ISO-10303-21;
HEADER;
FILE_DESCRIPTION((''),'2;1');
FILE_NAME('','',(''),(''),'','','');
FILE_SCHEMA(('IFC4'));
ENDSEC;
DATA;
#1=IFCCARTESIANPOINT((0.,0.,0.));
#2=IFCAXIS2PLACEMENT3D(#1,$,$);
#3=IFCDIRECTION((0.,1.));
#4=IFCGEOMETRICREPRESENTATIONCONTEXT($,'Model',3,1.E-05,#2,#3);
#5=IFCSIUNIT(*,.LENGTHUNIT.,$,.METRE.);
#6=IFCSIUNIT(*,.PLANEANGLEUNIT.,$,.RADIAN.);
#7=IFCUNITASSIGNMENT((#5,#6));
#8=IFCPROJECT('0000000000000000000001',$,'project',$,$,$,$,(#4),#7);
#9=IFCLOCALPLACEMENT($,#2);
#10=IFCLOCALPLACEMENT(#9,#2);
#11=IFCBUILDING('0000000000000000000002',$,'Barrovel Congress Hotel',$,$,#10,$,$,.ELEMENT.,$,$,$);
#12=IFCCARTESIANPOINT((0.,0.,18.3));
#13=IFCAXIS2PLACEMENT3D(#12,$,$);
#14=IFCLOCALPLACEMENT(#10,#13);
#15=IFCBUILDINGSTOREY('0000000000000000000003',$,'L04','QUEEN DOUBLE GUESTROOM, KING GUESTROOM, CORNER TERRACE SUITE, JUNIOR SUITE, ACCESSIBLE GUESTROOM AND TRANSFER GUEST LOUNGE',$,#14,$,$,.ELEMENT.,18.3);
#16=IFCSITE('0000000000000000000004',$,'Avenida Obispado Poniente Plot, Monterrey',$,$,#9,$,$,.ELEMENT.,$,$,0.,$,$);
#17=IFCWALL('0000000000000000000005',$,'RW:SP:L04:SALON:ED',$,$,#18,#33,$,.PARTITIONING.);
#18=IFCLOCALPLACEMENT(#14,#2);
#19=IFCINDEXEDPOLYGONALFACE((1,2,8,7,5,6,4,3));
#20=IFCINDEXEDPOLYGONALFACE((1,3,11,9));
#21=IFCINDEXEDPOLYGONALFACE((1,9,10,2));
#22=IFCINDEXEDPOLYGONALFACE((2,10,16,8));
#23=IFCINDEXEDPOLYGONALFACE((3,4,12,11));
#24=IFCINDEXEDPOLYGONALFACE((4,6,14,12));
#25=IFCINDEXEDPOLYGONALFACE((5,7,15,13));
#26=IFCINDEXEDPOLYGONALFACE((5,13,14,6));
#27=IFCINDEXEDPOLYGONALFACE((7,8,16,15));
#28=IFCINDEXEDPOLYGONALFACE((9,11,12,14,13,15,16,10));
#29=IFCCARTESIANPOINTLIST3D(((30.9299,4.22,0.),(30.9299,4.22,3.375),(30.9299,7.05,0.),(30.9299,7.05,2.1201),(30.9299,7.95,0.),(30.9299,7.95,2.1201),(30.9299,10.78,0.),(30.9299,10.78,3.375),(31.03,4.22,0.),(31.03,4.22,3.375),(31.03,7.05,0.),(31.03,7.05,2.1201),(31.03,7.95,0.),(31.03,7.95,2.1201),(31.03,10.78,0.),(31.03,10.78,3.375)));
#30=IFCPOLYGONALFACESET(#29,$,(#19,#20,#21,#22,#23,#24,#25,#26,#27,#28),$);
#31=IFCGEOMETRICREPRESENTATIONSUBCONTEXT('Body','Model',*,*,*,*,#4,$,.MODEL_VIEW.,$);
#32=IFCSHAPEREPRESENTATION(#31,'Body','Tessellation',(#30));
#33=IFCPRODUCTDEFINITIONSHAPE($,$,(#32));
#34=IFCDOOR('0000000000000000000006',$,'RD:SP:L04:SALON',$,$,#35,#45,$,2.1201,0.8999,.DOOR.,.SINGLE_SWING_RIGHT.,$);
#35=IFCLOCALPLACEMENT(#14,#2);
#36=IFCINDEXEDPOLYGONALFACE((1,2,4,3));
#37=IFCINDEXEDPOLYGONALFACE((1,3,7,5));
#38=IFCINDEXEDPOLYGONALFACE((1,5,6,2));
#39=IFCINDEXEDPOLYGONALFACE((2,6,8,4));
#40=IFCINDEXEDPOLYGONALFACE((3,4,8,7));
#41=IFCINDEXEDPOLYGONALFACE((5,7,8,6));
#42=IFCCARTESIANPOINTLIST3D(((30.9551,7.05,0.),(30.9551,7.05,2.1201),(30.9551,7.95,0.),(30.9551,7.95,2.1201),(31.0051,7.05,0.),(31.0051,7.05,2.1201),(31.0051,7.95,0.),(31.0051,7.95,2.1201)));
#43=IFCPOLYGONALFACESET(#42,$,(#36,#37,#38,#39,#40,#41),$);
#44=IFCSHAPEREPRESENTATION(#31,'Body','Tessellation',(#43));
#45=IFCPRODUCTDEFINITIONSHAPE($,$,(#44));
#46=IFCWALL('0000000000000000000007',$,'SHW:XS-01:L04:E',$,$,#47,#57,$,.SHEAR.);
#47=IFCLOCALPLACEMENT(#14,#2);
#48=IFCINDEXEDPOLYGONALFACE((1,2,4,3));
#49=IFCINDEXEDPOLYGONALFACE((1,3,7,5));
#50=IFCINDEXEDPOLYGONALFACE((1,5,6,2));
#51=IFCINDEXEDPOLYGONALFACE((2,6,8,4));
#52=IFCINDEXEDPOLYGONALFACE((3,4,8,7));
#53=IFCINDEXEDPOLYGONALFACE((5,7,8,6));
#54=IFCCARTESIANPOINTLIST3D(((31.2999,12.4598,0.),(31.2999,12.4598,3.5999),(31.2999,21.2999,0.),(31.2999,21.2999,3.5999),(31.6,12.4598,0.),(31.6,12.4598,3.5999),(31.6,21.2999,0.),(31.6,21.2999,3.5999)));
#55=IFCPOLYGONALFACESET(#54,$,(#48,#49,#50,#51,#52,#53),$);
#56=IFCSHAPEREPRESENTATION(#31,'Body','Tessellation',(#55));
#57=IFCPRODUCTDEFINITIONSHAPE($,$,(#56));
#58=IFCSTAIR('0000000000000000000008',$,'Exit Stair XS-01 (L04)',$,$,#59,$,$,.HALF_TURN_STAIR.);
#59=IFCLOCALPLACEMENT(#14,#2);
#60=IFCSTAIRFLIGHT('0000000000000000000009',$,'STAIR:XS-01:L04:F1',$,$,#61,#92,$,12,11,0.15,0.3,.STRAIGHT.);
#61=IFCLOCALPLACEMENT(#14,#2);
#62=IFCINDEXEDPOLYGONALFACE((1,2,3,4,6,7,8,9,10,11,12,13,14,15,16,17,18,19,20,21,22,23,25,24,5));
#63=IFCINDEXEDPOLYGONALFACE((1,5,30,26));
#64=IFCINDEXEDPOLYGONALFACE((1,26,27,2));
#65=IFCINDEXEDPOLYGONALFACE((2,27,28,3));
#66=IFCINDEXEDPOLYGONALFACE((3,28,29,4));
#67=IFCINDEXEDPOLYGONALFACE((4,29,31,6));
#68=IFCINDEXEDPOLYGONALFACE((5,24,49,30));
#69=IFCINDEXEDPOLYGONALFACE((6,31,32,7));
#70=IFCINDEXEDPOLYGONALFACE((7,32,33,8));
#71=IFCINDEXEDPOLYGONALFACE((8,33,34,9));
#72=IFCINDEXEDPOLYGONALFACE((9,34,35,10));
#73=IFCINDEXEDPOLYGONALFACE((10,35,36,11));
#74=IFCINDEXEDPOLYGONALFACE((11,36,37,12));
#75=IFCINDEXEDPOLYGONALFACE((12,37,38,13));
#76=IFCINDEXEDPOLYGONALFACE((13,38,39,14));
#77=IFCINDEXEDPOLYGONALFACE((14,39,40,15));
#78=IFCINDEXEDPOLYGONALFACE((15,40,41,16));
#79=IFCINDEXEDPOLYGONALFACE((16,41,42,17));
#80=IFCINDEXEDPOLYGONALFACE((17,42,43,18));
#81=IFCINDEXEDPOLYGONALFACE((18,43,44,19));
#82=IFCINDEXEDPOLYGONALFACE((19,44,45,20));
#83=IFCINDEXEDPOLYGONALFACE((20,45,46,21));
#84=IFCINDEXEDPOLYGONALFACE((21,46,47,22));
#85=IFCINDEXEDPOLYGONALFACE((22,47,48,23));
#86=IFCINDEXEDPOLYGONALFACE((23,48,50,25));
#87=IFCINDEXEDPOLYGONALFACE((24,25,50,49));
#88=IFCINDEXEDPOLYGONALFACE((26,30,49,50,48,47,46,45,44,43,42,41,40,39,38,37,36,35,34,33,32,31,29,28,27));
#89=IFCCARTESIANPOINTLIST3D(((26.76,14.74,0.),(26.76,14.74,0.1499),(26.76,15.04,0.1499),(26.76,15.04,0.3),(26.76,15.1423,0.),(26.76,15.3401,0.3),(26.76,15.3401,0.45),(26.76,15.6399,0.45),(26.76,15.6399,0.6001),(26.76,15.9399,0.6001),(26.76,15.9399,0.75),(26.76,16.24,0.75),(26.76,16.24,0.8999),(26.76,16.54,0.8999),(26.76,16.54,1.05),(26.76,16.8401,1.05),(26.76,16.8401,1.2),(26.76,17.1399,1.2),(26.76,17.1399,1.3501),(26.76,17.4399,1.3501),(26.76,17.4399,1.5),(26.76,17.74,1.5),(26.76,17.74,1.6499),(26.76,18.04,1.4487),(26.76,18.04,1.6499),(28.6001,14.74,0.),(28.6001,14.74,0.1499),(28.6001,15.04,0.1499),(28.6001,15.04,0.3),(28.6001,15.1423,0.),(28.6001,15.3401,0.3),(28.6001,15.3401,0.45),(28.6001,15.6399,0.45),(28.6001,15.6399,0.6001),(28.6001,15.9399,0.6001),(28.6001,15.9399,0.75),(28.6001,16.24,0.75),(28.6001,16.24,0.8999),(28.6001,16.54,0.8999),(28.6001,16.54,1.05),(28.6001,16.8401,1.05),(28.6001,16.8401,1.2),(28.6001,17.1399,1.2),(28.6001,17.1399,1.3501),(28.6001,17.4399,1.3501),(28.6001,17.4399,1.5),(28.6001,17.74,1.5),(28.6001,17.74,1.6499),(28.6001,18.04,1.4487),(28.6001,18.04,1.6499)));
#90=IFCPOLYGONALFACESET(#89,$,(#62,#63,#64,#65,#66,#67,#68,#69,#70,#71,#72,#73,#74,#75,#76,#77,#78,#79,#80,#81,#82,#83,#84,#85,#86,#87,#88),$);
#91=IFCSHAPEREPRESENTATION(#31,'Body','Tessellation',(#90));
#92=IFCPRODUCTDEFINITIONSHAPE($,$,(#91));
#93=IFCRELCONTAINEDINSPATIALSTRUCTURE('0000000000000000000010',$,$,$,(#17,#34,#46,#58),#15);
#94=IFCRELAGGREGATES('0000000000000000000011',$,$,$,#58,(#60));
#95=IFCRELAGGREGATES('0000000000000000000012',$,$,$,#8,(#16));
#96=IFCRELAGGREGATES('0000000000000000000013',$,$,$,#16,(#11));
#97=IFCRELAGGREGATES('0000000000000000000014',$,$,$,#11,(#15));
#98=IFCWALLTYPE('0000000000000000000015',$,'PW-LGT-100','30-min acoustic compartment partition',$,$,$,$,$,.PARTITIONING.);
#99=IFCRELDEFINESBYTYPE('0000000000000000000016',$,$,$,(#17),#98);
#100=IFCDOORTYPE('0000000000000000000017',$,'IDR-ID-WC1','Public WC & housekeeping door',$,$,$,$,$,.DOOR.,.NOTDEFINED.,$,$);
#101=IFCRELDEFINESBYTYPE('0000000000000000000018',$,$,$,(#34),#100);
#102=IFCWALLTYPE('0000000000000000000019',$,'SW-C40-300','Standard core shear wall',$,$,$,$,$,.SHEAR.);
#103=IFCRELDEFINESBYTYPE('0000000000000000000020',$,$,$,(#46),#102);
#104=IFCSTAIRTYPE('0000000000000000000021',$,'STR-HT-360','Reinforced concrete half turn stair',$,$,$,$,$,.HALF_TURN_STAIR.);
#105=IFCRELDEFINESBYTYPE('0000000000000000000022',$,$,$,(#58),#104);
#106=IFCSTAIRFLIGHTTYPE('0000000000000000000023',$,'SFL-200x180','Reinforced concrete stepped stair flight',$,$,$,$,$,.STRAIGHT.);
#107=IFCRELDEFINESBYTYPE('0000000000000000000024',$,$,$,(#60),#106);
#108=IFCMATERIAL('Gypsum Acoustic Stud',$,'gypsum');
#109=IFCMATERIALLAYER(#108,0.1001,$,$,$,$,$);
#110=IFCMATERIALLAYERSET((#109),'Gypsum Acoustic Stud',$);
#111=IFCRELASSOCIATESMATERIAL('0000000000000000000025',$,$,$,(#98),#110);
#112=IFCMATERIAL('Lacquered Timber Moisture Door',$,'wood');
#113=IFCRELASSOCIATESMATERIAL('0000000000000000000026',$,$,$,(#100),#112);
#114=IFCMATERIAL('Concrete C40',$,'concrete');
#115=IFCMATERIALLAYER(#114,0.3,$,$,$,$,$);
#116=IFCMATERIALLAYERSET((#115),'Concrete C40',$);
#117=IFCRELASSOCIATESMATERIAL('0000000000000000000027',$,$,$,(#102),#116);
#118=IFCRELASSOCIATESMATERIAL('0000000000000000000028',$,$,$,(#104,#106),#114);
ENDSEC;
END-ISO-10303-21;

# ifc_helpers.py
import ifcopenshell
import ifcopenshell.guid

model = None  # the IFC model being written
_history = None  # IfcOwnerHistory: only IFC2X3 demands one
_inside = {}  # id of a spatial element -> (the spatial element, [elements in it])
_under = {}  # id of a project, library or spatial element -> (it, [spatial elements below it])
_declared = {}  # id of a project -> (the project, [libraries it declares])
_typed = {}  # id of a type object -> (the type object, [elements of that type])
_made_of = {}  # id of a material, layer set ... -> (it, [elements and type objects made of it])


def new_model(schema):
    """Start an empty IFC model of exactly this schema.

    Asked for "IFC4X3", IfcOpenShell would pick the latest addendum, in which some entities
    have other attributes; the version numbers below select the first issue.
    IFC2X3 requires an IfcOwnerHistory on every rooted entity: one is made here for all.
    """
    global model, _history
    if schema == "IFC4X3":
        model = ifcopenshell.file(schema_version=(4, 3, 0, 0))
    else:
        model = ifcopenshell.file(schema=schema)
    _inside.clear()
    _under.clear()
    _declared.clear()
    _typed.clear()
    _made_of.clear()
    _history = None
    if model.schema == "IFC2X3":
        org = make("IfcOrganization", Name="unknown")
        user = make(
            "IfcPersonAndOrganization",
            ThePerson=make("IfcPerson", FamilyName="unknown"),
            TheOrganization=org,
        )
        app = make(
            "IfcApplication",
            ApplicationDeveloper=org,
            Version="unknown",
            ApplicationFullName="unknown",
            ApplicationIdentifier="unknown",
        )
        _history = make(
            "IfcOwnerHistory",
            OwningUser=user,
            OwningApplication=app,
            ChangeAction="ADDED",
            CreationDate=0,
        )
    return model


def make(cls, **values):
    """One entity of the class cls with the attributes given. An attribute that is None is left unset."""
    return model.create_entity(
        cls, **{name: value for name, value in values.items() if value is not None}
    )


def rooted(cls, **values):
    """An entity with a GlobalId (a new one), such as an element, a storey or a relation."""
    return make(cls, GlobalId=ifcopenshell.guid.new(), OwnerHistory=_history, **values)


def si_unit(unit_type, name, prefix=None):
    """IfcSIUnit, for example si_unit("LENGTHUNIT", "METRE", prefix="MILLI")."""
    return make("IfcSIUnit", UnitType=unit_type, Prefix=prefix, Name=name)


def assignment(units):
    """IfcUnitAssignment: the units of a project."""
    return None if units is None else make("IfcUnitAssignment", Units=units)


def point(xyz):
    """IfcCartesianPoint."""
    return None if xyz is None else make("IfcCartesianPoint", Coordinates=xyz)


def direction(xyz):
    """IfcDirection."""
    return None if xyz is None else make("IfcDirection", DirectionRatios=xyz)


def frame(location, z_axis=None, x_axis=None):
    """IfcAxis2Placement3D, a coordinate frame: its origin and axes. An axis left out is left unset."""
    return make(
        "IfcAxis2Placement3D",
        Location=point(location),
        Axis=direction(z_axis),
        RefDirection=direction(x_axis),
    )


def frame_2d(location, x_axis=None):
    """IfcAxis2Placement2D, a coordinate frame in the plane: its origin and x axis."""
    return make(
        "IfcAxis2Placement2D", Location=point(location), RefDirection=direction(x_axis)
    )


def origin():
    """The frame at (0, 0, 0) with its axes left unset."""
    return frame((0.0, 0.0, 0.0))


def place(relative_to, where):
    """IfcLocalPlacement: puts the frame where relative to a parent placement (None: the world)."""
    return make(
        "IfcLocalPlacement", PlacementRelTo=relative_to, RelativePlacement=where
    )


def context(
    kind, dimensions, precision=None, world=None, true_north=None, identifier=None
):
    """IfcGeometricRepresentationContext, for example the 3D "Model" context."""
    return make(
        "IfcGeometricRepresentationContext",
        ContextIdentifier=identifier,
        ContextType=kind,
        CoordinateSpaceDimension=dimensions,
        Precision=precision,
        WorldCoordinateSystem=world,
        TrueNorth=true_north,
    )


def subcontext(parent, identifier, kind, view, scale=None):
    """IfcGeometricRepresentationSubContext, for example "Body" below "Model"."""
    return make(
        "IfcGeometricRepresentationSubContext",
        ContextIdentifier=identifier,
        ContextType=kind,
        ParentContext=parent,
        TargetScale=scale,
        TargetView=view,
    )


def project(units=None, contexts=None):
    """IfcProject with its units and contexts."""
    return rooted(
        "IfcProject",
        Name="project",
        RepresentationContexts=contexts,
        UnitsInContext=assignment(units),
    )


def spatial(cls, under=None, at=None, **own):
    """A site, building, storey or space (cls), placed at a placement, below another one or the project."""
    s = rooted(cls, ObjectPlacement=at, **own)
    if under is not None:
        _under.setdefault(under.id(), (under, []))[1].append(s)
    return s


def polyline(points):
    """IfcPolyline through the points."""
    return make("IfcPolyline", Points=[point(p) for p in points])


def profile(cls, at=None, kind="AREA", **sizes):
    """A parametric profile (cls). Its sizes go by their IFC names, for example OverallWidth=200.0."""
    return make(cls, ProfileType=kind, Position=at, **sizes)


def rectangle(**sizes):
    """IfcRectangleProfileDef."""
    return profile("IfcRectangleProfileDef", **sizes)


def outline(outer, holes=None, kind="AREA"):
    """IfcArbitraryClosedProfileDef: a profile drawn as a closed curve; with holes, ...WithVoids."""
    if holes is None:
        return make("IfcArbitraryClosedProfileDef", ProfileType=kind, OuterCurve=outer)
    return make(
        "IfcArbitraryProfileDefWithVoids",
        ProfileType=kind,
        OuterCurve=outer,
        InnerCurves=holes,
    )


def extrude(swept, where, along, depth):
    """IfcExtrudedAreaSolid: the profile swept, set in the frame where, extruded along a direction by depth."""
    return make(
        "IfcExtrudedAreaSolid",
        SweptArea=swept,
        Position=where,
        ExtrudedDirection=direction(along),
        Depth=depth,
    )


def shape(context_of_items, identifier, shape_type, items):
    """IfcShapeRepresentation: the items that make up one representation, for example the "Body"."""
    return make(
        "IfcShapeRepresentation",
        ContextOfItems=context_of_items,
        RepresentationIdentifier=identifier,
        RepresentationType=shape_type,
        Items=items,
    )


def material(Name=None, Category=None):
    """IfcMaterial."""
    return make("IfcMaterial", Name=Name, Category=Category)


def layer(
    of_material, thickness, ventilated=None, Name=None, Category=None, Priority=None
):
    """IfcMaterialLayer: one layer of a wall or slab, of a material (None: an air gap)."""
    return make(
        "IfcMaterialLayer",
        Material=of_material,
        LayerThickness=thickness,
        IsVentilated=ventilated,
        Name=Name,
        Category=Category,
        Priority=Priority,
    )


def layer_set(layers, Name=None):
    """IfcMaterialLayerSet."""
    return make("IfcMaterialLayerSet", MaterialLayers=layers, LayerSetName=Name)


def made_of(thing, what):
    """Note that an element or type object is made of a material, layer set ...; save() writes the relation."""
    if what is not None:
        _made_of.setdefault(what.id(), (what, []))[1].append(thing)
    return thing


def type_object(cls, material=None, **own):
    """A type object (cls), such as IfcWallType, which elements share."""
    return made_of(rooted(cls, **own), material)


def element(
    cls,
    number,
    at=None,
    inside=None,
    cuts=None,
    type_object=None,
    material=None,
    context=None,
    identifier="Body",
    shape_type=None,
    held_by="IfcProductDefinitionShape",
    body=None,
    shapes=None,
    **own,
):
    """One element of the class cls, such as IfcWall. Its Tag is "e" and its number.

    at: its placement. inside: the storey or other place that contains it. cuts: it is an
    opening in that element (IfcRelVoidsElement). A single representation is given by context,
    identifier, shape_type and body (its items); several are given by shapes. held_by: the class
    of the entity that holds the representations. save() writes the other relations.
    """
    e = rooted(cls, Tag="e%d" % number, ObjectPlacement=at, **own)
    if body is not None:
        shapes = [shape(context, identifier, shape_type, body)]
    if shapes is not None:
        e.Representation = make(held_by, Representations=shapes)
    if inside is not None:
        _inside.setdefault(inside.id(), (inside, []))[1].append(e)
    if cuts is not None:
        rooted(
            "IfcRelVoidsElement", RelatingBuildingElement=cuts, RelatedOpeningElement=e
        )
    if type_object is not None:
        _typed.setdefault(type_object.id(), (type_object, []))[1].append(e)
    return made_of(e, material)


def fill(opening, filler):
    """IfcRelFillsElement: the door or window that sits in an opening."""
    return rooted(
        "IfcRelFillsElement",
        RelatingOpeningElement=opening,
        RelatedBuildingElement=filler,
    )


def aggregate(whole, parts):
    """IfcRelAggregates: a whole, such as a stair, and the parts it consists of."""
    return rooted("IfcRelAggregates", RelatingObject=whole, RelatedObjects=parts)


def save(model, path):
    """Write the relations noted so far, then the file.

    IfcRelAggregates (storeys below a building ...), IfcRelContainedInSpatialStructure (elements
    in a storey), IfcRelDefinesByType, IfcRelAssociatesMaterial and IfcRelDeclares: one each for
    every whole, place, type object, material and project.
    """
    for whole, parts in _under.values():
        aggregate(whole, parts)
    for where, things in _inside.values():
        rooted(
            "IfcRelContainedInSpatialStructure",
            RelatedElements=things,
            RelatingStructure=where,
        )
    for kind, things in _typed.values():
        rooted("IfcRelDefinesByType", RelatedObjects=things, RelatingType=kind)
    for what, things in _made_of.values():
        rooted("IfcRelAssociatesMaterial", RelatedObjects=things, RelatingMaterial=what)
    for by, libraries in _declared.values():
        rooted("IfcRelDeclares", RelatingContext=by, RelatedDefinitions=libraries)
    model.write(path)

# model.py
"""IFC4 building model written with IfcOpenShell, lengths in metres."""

from ifc_helpers import new_model, si_unit, direction, frame, frame_2d, origin, place, context, subcontext, project, spatial, polyline, rectangle, outline, extrude, material, layer, layer_set, type_object, element, fill, aggregate, save


model = new_model("IFC4")

# Units and contexts
model_context = context("Model", 3, precision=1e-05, world=origin(), true_north=direction((0.0, 1.0)))
body_context = subcontext(model_context, "Body", "Model", "MODEL_VIEW")
ifc_project = project(units=[si_unit("LENGTHUNIT", "METRE"), si_unit("PLANEANGLEUNIT", "RADIAN")], contexts=[model_context])

# Site, building, storey
site_placement = place(None, origin())
site = spatial("IfcSite", under=ifc_project, at=site_placement, Name="Avenida Obispado Poniente Plot, Monterrey", CompositionType="ELEMENT", RefElevation=0.0)
building_placement = place(site_placement, origin())
building = spatial("IfcBuilding", under=site, at=building_placement, Name="Barrovel Congress Hotel", CompositionType="ELEMENT")
storey_placement = place(building_placement, frame((0.0, 0.0, 18.3)))
storey = spatial("IfcBuildingStorey", under=building, at=storey_placement, Name="L04", Description="QUEEN DOUBLE GUESTROOM, KING GUESTROOM, CORNER TERRACE SUITE, JUNIOR SUITE, ACCESSIBLE GUESTROOM AND TRANSFER GUEST LOUNGE", CompositionType="ELEMENT", Elevation=18.3)

# Shared definitions
ifc_material_1 = material(Name="Concrete C40", Category="concrete")

# Shared definitions
ifc_material_2 = material(Name="Gypsum Acoustic Stud", Category="gypsum")

# Wall, opening, door
ifc_layer_1 = layer(ifc_material_2, 0.1001)
ifc_layer_set_1 = layer_set([ifc_layer_1], Name="Gypsum Acoustic Stud")
wall_type_1 = type_object("IfcWallType", Name="PW-LGT-100", Description="30-min acoustic compartment partition", PredefinedType="PARTITIONING", material=ifc_layer_set_1)
wall_1_placement = place(storey_placement, frame((30.98, 4.22, 0.0), z_axis=(0.0, 0.0, 1.0), x_axis=(0.0, 1.0, 0.0)))
wall_1 = element("IfcWall", 1, at=wall_1_placement, inside=storey, type_object=wall_type_1, Name="RW:SP:L04:SALON:ED", PredefinedType="PARTITIONING", context=body_context, shape_type="SweptSolid", body=[
    extrude(rectangle(XDim=6.5601, YDim=0.1001, at=frame_2d((3.28, 0.0))), origin(), (0.0, 0.0, 1.0), 3.375),
])
opening_1_placement = place(wall_1_placement, frame((2.8301, 0.0, 0.0)))
opening_1 = element("IfcOpeningElement", 2, at=opening_1_placement, cuts=wall_1, PredefinedType="OPENING", context=body_context, shape_type="SweptSolid", body=[
    extrude(rectangle(XDim=0.8999, YDim=2.1201, at=frame_2d((0.45, 1.0601))), frame((0.0, 0.0601, 0.0), z_axis=(0.0, -1.0, 0.0), x_axis=(1.0, 0.0, 0.0)), (0.0, 0.0, 1.0), 0.1201),
])
ifc_material_3 = material(Name="Lacquered Timber Moisture Door", Category="wood")
door_type_1 = type_object("IfcDoorType", Name="IDR-ID-WC1", Description="Public WC & housekeeping door", OperationType="NOTDEFINED", PredefinedType="DOOR", material=ifc_material_3)
door_1_placement = place(opening_1_placement, origin())
door_1 = element("IfcDoor", 3, at=door_1_placement, inside=storey, type_object=door_type_1, Name="RD:SP:L04:SALON", OperationType="SINGLE_SWING_RIGHT", OverallHeight=2.1201, OverallWidth=0.8999, PredefinedType="DOOR", context=body_context, shape_type="SweptSolid", body=[
    extrude(rectangle(XDim=0.8999, YDim=2.1201, at=frame_2d((0.45, 1.0601))), frame((0.0, 0.0249, 0.0), z_axis=(0.0, -1.0, 0.0), x_axis=(1.0, 0.0, 0.0)), (0.0, 0.0, 1.0), 0.05),
])
fill(opening_1, door_1)
ifc_layer_2 = layer(ifc_material_1, 0.3)
ifc_layer_set_2 = layer_set([ifc_layer_2], Name="Concrete C40")
wall_type_2 = type_object("IfcWallType", Name="SW-C40-300", Description="Standard core shear wall", PredefinedType="SHEAR", material=ifc_layer_set_2)

# Wall
wall_2_placement = place(storey_placement, frame((31.45, 12.46, 0.0), z_axis=(0.0, 0.0, 1.0), x_axis=(0.0, 1.0, 0.0)))
element("IfcWall", 4, at=wall_2_placement, inside=storey, type_object=wall_type_2, Name="SHW:XS-01:L04:E", PredefinedType="SHEAR", context=body_context, shape_type="SweptSolid", body=[
    extrude(rectangle(XDim=8.8401, YDim=0.3, at=frame_2d((4.4199, 0.0))), origin(), (0.0, 0.0, 1.0), 3.5999),
])

# Stair, stair flight
stair_type = type_object("IfcStairType", Name="STR-HT-360", Description="Reinforced concrete half turn stair", PredefinedType="HALF_TURN_STAIR", material=ifc_material_1)
stair_placement = place(storey_placement, origin())
stair = element("IfcStair", 5, at=stair_placement, inside=storey, type_object=stair_type, Name="Exit Stair XS-01 (L04)", PredefinedType="HALF_TURN_STAIR")
stair_flight_type = type_object("IfcStairFlightType", Name="SFL-200x180", Description="Reinforced concrete stepped stair flight", PredefinedType="STRAIGHT", material=ifc_material_1)
stair_flight_placement = place(storey_placement, frame((27.6799, 14.74, 0.0), z_axis=(0.0, 0.0, 1.0), x_axis=(0.0, 1.0, 0.0)))
stair_flight = element("IfcStairFlight", 6, at=stair_flight_placement, type_object=stair_flight_type, Name="STAIR:XS-01:L04:F1", NumberOfRisers=12, NumberOfTreads=11, PredefinedType="STRAIGHT", RiserHeight=0.15, TreadLength=0.3, context=body_context, shape_type="SweptSolid", body=[
    extrude(outline(polyline([(0.0, 0.0), (0.0, 0.1499), (0.3, 0.1499), (0.3, 0.3), (0.6001, 0.3), (0.6001, 0.45), (0.8999, 0.45), (0.8999, 0.6001), (1.2, 0.6001), (1.2, 0.75), (1.5, 0.75), (1.5, 0.8999), (1.8, 0.8999), (1.8, 1.05), (2.1001, 1.05), (2.1001, 1.2), (2.3999, 1.2), (2.3999, 1.3501), (2.7, 1.3501), (2.7, 1.5), (3.0, 1.5), (3.0, 1.6499), (3.3, 1.6499), (3.3, 1.8), (3.3, 1.4487), (0.4023, 0.0), (0.0, 0.0)])), frame((0.0, 0.9199, 0.0), z_axis=(0.0, -1.0, 0.0), x_axis=(1.0, 0.0, 0.0)), (0.0, 0.0, 1.0), 1.8401),
])
aggregate(stair, [stair_flight])

save(model, "model.ifc")
